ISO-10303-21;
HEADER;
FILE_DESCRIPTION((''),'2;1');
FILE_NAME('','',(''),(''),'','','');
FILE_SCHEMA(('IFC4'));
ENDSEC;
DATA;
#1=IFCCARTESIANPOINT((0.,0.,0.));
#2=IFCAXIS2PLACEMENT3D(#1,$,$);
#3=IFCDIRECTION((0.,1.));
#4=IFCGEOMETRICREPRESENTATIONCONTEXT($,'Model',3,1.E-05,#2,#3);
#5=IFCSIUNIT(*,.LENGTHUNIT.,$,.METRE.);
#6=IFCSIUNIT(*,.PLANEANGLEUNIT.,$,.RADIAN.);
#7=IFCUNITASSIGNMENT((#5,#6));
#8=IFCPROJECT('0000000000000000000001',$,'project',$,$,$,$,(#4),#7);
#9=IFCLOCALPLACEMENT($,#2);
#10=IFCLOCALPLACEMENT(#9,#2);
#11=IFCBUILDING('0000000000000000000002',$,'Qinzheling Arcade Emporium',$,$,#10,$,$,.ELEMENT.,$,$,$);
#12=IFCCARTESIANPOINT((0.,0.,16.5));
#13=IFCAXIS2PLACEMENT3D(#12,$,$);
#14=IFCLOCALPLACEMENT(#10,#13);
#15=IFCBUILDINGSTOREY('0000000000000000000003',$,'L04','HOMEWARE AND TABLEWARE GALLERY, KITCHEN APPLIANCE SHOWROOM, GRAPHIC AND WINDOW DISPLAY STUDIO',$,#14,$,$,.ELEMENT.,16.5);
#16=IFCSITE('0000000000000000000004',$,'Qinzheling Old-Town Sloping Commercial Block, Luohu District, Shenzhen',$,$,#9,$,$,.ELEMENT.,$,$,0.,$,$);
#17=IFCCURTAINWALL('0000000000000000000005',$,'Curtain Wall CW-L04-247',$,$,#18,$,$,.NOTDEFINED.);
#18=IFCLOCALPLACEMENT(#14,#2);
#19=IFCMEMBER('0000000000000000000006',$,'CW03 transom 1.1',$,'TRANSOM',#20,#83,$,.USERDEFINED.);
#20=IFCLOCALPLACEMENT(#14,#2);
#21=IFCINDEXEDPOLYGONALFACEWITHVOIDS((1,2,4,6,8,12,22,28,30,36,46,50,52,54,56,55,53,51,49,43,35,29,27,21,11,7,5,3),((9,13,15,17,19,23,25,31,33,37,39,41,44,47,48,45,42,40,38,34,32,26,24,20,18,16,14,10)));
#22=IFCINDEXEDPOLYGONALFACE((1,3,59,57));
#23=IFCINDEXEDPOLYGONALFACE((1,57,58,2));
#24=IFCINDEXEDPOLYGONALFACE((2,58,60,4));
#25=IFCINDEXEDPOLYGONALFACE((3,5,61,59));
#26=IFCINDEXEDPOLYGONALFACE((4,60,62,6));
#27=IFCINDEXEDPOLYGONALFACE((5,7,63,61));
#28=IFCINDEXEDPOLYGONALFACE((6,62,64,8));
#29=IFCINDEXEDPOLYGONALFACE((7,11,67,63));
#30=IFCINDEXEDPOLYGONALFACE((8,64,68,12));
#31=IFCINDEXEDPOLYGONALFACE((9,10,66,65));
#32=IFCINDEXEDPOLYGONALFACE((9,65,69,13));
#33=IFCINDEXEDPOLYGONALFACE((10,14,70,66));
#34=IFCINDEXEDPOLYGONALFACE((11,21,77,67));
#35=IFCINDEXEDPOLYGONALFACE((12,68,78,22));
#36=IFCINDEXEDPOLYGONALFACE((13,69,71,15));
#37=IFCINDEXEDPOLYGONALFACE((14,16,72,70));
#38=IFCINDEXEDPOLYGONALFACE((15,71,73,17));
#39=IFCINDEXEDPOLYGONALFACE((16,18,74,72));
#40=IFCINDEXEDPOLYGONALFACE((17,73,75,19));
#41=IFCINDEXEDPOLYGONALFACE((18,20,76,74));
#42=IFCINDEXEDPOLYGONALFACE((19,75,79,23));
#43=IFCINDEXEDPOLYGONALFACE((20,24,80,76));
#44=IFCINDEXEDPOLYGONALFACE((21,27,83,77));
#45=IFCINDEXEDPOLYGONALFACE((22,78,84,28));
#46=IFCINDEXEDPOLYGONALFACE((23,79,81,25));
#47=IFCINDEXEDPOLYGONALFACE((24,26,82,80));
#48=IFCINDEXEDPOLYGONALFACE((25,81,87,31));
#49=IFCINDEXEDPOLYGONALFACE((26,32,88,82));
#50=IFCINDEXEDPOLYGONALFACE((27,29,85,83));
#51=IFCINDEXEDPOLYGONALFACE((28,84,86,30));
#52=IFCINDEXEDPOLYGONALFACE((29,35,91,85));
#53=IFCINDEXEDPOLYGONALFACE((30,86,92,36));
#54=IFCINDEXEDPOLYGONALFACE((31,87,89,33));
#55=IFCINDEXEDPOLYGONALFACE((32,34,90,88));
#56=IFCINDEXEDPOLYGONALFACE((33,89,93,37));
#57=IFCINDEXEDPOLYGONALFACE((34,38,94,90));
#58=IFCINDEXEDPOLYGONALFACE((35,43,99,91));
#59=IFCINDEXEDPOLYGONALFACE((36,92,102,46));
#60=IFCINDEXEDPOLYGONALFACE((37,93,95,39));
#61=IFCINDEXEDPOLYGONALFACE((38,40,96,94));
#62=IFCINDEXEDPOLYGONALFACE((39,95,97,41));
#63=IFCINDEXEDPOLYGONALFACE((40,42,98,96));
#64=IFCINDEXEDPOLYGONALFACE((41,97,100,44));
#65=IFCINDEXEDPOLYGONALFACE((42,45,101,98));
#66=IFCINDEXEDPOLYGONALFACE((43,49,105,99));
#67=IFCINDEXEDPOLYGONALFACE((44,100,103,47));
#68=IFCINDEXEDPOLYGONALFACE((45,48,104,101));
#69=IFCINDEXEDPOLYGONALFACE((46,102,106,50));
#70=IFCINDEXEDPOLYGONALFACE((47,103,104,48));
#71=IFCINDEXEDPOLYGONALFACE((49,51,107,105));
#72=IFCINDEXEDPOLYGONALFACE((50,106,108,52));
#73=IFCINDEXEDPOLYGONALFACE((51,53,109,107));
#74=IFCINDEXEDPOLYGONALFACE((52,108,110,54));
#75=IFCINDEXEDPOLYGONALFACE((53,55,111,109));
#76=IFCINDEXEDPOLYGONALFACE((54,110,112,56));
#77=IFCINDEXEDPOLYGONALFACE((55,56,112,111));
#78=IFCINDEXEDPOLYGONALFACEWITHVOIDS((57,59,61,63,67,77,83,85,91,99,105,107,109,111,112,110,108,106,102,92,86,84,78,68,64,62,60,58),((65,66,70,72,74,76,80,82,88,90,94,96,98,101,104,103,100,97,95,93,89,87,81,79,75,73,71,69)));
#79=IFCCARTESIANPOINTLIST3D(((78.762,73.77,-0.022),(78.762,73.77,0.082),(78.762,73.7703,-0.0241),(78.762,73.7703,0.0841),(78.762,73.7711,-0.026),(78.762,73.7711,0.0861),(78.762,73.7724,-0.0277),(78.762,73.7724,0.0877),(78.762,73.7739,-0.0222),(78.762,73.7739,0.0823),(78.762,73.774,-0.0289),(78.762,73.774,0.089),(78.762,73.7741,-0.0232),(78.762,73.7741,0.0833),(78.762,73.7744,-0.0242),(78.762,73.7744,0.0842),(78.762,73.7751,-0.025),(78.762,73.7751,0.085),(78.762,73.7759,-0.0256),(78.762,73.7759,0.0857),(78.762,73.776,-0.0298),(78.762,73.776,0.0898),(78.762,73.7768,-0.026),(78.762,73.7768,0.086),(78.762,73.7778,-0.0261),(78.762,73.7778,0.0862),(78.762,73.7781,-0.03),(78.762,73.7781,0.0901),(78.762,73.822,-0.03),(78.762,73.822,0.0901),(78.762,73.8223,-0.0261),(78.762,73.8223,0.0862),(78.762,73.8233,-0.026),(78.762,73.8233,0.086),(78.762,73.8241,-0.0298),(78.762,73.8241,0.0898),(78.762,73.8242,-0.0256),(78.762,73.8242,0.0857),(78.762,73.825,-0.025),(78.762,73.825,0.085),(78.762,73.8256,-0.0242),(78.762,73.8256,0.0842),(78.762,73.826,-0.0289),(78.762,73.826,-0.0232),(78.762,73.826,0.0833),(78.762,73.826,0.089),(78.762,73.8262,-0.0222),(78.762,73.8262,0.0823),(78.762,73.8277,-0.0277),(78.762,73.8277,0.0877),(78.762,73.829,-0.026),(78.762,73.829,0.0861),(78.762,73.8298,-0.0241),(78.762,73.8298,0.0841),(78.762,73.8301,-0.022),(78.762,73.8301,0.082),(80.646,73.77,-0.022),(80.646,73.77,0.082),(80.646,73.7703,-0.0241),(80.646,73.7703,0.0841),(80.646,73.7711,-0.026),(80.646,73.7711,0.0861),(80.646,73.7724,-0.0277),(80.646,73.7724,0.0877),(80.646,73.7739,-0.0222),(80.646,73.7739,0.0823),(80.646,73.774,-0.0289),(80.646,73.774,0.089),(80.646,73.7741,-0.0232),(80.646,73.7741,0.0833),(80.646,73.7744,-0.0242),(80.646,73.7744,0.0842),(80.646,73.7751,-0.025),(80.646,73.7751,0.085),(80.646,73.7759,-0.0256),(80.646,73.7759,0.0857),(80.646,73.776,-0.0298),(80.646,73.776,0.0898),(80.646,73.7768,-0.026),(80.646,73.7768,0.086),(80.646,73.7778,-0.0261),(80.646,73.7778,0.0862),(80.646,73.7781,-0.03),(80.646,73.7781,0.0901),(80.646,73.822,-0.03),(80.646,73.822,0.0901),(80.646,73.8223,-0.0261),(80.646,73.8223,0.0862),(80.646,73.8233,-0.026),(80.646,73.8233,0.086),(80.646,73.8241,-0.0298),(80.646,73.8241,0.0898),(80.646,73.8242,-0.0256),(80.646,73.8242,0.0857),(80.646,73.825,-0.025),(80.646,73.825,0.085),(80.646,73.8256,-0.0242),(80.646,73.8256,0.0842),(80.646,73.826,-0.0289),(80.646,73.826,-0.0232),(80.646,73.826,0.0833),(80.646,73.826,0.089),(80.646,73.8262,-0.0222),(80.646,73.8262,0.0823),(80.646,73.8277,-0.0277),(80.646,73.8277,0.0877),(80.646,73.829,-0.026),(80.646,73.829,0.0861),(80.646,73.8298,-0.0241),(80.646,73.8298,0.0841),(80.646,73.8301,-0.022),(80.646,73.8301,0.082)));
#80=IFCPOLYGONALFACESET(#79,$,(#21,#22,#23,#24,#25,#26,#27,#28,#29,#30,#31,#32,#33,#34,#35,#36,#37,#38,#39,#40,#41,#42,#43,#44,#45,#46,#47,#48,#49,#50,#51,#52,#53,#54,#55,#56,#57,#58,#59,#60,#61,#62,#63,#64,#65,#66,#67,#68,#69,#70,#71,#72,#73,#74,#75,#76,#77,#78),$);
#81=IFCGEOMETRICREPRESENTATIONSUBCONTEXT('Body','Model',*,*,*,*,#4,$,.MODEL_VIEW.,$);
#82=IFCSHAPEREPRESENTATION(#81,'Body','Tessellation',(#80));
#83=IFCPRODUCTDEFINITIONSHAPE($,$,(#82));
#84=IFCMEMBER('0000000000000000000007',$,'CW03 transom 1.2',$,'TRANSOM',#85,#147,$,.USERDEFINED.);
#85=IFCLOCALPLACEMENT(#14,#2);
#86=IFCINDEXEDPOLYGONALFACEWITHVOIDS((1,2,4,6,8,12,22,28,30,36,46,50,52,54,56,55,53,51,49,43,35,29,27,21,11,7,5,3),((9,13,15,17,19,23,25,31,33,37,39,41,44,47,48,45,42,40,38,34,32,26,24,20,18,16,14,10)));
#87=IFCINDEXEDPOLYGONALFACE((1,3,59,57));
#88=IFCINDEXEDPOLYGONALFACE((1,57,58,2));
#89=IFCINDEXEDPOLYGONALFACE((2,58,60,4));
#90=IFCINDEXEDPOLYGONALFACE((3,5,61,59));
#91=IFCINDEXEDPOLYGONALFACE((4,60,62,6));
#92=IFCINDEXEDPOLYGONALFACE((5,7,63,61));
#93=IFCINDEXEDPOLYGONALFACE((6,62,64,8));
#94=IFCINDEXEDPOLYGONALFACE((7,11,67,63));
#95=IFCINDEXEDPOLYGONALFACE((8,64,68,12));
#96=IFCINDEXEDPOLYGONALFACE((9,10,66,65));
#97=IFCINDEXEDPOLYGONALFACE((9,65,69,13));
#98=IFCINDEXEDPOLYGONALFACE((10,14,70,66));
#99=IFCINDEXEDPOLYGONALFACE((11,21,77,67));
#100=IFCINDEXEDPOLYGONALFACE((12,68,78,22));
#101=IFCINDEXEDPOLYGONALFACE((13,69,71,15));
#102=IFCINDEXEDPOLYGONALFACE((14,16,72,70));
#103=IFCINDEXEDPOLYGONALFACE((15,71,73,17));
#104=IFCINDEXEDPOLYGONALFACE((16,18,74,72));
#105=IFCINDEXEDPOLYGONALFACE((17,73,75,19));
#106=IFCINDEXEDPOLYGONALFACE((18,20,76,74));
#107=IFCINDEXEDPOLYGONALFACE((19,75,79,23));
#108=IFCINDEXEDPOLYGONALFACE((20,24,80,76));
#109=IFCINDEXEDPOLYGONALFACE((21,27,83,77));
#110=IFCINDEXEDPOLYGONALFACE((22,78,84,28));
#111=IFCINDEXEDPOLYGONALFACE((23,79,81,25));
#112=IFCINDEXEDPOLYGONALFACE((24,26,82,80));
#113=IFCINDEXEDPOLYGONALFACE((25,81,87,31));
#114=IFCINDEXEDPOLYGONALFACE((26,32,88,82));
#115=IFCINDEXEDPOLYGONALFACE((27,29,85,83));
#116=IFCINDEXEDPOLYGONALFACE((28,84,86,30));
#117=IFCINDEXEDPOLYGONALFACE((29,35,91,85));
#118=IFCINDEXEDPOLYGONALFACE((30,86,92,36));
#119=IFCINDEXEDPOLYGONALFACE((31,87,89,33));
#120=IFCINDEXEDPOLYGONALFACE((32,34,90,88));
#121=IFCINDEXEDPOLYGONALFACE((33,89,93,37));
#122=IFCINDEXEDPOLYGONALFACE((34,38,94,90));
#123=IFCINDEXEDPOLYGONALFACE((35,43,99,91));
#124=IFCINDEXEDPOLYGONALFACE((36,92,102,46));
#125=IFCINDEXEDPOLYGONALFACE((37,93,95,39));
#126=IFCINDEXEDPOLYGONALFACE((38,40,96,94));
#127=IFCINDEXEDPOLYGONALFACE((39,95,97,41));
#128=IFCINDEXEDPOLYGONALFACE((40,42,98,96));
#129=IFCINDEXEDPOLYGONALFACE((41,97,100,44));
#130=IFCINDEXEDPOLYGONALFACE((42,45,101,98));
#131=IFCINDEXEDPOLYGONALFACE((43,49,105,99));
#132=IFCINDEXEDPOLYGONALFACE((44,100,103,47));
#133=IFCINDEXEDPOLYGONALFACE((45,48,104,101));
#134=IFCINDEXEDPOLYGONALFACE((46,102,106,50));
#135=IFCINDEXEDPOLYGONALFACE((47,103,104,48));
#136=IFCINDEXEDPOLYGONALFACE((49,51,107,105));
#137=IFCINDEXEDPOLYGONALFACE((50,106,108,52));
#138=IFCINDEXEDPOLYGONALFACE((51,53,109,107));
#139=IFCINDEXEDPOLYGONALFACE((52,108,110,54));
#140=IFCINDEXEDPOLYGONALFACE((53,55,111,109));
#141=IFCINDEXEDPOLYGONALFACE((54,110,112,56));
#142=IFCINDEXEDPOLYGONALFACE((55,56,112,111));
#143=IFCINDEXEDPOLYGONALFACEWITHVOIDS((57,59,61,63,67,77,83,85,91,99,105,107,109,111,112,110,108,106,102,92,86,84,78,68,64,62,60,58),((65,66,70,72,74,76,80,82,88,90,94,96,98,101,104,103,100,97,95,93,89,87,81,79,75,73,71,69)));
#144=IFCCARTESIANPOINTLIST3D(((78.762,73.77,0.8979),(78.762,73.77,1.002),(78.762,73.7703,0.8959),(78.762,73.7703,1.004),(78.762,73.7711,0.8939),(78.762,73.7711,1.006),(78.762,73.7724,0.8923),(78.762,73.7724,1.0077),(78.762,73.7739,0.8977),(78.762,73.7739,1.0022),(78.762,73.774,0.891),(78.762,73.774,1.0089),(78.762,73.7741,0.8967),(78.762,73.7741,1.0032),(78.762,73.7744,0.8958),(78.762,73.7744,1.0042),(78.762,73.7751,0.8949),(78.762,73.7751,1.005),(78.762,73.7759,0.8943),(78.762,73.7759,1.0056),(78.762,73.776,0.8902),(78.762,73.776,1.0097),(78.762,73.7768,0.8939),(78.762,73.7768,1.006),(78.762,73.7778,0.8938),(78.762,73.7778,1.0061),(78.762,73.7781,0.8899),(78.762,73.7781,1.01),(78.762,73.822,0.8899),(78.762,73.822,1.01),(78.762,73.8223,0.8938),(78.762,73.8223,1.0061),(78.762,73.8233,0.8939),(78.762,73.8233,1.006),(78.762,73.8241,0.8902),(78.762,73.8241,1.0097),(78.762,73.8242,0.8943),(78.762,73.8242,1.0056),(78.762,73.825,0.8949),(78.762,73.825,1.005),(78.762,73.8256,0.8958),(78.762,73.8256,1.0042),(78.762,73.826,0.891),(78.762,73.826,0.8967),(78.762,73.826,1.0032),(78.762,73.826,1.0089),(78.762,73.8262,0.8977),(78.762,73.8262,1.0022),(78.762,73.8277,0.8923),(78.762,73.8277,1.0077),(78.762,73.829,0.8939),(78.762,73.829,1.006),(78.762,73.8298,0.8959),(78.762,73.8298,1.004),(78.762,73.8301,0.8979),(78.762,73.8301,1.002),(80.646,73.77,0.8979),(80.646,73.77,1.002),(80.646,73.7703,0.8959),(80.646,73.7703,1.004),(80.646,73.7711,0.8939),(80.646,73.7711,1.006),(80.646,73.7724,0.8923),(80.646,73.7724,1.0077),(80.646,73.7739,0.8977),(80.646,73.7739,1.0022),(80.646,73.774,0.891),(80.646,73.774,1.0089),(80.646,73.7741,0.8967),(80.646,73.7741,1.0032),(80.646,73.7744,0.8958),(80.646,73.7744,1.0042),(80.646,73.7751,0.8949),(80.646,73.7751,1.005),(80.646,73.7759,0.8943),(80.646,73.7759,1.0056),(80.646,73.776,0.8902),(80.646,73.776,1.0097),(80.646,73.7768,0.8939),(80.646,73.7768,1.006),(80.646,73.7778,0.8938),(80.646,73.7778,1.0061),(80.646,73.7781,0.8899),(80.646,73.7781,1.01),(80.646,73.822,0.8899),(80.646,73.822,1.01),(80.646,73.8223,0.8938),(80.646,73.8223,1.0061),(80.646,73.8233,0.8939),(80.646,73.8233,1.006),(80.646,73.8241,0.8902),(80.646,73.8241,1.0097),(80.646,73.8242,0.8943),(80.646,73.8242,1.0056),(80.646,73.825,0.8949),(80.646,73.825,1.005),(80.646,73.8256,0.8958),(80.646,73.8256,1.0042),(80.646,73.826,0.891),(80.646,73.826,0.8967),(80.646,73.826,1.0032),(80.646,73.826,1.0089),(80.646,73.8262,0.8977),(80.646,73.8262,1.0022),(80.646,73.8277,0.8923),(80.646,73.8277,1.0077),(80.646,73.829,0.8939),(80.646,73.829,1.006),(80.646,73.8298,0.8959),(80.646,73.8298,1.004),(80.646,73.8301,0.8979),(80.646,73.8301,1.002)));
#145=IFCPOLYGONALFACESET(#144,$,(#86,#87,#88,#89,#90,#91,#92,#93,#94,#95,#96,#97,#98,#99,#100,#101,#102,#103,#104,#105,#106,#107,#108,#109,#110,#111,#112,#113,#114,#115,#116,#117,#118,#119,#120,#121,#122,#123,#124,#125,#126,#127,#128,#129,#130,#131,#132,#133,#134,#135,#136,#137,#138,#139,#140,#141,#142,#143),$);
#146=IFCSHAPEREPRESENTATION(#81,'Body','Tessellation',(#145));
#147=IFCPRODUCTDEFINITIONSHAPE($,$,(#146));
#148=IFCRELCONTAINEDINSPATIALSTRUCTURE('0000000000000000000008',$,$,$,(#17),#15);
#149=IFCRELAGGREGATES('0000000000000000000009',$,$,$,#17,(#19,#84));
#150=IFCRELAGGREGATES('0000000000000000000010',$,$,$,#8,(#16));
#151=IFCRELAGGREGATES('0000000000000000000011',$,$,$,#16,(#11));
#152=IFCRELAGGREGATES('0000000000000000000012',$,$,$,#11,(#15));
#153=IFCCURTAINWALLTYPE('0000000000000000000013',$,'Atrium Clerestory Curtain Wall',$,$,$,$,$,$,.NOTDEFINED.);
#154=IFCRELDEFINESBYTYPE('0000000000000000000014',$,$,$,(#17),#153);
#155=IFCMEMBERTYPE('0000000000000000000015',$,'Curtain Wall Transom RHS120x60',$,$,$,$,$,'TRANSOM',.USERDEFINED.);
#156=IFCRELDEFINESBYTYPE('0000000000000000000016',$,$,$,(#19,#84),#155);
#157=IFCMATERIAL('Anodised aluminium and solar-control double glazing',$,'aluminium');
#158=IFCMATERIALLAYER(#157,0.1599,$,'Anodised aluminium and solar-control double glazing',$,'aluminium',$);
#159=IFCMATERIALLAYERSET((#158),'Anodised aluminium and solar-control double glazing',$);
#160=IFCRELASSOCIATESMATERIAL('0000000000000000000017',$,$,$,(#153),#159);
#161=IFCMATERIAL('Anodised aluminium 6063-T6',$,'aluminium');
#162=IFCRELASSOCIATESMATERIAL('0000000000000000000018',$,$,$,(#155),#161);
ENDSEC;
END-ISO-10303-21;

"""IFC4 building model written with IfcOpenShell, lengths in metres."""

from ifc_helpers import new_model, si_unit, direction, frame, origin, origin_2d, place, context, subcontext, project, spatial, hollow_rectangle, extrude, material, layer, layer_set, material_profile, profile_set, type_object, element, aggregate, save


model = new_model("IFC4")

# Units and contexts
model_context = context("Model", 3, precision=1e-05, world=origin(), true_north=direction((0.0, 1.0)))
body_context = subcontext(model_context, "Body", "Model", "MODEL_VIEW")
ifc_project = project(units=[si_unit("LENGTHUNIT", "METRE"), si_unit("PLANEANGLEUNIT", "RADIAN")], contexts=[model_context])

# Site, building, storey
site_placement = place(None, origin())
site = spatial("IfcSite", under=ifc_project, at=site_placement, Name="Qinzheling Old-Town Sloping Commercial Block, Luohu District, Shenzhen", CompositionType="ELEMENT", RefElevation=0.0)
building_placement = place(site_placement, origin())
building = spatial("IfcBuilding", under=site, at=building_placement, Name="Qinzheling Arcade Emporium", CompositionType="ELEMENT")
storey_placement = place(building_placement, frame((0.0, 0.0, 16.5)))
storey = spatial("IfcBuildingStorey", under=building, at=storey_placement, Name="L04", Description="HOMEWARE AND TABLEWARE GALLERY, KITCHEN APPLIANCE SHOWROOM, GRAPHIC AND WINDOW DISPLAY STUDIO", CompositionType="ELEMENT", Elevation=16.5)

# Curtain wall
ifc_material_1 = material(Name="Anodised aluminium and solar-control double glazing", Category="aluminium")
ifc_layer_1 = layer(ifc_material_1, 0.1599, Name="Anodised aluminium and solar-control double glazing", Category="aluminium")
ifc_layer_set_1 = layer_set([ifc_layer_1], Name="Anodised aluminium and solar-control double glazing")
curtain_wall_type = type_object("IfcCurtainWallType", Name="Atrium Clerestory Curtain Wall", PredefinedType="NOTDEFINED", material=ifc_layer_set_1)
ifc_material_2 = material(Name="Anodised aluminium 6063-T6", Category="aluminium")
curtain_wall_1_placement = place(storey_placement, origin())
curtain_wall_1 = element("IfcCurtainWall", 1, at=curtain_wall_1_placement, inside=storey, type_object=curtain_wall_type, Name="Curtain Wall CW-L04-247", PredefinedType="NOTDEFINED")

# Members
ifc_material_profile_1 = material_profile(ifc_material_2, hollow_rectangle(XDim=0.0601, YDim=0.1201, WallThickness=0.0039, InnerFilletRadius=0.0039, OuterFilletRadius=0.0081, at=origin_2d()), Name="RHS 120x60x4", Category="aluminium")
ifc_profile_set_1 = profile_set([ifc_material_profile_1], Name="Anodised aluminium 6063-T6")
member_type_1 = type_object("IfcMemberType", Name="Curtain Wall Transom RHS120x60", ElementType="TRANSOM", PredefinedType="USERDEFINED", material=ifc_profile_set_1)
member_1_placement = place(storey_placement, frame((78.762, 73.8, 0.03), z_axis=(1.0, 0.0, 0.0), x_axis=(0.0, 1.0, 0.0)))
member_1 = element("IfcMember", 2, at=member_1_placement, type_object=member_type_1, Name="CW03 transom 1.1", ObjectType="TRANSOM", PredefinedType="USERDEFINED", context=body_context, shape_type="SweptSolid", body=[
    extrude(hollow_rectangle(XDim=0.0601, YDim=0.1201, WallThickness=0.0039, InnerFilletRadius=0.0039, OuterFilletRadius=0.0081, at=origin_2d()), origin(), (0.0, 0.0, 1.0), 1.884),
])
member_2_placement = place(storey_placement, frame((78.762, 73.8, 0.95), z_axis=(1.0, 0.0, 0.0), x_axis=(0.0, 1.0, 0.0)))
member_2 = element("IfcMember", 3, at=member_2_placement, type_object=member_type_1, Name="CW03 transom 1.2", ObjectType="TRANSOM", PredefinedType="USERDEFINED", context=body_context, shape_type="SweptSolid", body=[
    extrude(hollow_rectangle(XDim=0.0601, YDim=0.1201, WallThickness=0.0039, InnerFilletRadius=0.0039, OuterFilletRadius=0.0081, at=origin_2d()), origin(), (0.0, 0.0, 1.0), 1.884),
])

aggregate(curtain_wall_1, [member_1, member_2])

save(model, "model.ifc")
